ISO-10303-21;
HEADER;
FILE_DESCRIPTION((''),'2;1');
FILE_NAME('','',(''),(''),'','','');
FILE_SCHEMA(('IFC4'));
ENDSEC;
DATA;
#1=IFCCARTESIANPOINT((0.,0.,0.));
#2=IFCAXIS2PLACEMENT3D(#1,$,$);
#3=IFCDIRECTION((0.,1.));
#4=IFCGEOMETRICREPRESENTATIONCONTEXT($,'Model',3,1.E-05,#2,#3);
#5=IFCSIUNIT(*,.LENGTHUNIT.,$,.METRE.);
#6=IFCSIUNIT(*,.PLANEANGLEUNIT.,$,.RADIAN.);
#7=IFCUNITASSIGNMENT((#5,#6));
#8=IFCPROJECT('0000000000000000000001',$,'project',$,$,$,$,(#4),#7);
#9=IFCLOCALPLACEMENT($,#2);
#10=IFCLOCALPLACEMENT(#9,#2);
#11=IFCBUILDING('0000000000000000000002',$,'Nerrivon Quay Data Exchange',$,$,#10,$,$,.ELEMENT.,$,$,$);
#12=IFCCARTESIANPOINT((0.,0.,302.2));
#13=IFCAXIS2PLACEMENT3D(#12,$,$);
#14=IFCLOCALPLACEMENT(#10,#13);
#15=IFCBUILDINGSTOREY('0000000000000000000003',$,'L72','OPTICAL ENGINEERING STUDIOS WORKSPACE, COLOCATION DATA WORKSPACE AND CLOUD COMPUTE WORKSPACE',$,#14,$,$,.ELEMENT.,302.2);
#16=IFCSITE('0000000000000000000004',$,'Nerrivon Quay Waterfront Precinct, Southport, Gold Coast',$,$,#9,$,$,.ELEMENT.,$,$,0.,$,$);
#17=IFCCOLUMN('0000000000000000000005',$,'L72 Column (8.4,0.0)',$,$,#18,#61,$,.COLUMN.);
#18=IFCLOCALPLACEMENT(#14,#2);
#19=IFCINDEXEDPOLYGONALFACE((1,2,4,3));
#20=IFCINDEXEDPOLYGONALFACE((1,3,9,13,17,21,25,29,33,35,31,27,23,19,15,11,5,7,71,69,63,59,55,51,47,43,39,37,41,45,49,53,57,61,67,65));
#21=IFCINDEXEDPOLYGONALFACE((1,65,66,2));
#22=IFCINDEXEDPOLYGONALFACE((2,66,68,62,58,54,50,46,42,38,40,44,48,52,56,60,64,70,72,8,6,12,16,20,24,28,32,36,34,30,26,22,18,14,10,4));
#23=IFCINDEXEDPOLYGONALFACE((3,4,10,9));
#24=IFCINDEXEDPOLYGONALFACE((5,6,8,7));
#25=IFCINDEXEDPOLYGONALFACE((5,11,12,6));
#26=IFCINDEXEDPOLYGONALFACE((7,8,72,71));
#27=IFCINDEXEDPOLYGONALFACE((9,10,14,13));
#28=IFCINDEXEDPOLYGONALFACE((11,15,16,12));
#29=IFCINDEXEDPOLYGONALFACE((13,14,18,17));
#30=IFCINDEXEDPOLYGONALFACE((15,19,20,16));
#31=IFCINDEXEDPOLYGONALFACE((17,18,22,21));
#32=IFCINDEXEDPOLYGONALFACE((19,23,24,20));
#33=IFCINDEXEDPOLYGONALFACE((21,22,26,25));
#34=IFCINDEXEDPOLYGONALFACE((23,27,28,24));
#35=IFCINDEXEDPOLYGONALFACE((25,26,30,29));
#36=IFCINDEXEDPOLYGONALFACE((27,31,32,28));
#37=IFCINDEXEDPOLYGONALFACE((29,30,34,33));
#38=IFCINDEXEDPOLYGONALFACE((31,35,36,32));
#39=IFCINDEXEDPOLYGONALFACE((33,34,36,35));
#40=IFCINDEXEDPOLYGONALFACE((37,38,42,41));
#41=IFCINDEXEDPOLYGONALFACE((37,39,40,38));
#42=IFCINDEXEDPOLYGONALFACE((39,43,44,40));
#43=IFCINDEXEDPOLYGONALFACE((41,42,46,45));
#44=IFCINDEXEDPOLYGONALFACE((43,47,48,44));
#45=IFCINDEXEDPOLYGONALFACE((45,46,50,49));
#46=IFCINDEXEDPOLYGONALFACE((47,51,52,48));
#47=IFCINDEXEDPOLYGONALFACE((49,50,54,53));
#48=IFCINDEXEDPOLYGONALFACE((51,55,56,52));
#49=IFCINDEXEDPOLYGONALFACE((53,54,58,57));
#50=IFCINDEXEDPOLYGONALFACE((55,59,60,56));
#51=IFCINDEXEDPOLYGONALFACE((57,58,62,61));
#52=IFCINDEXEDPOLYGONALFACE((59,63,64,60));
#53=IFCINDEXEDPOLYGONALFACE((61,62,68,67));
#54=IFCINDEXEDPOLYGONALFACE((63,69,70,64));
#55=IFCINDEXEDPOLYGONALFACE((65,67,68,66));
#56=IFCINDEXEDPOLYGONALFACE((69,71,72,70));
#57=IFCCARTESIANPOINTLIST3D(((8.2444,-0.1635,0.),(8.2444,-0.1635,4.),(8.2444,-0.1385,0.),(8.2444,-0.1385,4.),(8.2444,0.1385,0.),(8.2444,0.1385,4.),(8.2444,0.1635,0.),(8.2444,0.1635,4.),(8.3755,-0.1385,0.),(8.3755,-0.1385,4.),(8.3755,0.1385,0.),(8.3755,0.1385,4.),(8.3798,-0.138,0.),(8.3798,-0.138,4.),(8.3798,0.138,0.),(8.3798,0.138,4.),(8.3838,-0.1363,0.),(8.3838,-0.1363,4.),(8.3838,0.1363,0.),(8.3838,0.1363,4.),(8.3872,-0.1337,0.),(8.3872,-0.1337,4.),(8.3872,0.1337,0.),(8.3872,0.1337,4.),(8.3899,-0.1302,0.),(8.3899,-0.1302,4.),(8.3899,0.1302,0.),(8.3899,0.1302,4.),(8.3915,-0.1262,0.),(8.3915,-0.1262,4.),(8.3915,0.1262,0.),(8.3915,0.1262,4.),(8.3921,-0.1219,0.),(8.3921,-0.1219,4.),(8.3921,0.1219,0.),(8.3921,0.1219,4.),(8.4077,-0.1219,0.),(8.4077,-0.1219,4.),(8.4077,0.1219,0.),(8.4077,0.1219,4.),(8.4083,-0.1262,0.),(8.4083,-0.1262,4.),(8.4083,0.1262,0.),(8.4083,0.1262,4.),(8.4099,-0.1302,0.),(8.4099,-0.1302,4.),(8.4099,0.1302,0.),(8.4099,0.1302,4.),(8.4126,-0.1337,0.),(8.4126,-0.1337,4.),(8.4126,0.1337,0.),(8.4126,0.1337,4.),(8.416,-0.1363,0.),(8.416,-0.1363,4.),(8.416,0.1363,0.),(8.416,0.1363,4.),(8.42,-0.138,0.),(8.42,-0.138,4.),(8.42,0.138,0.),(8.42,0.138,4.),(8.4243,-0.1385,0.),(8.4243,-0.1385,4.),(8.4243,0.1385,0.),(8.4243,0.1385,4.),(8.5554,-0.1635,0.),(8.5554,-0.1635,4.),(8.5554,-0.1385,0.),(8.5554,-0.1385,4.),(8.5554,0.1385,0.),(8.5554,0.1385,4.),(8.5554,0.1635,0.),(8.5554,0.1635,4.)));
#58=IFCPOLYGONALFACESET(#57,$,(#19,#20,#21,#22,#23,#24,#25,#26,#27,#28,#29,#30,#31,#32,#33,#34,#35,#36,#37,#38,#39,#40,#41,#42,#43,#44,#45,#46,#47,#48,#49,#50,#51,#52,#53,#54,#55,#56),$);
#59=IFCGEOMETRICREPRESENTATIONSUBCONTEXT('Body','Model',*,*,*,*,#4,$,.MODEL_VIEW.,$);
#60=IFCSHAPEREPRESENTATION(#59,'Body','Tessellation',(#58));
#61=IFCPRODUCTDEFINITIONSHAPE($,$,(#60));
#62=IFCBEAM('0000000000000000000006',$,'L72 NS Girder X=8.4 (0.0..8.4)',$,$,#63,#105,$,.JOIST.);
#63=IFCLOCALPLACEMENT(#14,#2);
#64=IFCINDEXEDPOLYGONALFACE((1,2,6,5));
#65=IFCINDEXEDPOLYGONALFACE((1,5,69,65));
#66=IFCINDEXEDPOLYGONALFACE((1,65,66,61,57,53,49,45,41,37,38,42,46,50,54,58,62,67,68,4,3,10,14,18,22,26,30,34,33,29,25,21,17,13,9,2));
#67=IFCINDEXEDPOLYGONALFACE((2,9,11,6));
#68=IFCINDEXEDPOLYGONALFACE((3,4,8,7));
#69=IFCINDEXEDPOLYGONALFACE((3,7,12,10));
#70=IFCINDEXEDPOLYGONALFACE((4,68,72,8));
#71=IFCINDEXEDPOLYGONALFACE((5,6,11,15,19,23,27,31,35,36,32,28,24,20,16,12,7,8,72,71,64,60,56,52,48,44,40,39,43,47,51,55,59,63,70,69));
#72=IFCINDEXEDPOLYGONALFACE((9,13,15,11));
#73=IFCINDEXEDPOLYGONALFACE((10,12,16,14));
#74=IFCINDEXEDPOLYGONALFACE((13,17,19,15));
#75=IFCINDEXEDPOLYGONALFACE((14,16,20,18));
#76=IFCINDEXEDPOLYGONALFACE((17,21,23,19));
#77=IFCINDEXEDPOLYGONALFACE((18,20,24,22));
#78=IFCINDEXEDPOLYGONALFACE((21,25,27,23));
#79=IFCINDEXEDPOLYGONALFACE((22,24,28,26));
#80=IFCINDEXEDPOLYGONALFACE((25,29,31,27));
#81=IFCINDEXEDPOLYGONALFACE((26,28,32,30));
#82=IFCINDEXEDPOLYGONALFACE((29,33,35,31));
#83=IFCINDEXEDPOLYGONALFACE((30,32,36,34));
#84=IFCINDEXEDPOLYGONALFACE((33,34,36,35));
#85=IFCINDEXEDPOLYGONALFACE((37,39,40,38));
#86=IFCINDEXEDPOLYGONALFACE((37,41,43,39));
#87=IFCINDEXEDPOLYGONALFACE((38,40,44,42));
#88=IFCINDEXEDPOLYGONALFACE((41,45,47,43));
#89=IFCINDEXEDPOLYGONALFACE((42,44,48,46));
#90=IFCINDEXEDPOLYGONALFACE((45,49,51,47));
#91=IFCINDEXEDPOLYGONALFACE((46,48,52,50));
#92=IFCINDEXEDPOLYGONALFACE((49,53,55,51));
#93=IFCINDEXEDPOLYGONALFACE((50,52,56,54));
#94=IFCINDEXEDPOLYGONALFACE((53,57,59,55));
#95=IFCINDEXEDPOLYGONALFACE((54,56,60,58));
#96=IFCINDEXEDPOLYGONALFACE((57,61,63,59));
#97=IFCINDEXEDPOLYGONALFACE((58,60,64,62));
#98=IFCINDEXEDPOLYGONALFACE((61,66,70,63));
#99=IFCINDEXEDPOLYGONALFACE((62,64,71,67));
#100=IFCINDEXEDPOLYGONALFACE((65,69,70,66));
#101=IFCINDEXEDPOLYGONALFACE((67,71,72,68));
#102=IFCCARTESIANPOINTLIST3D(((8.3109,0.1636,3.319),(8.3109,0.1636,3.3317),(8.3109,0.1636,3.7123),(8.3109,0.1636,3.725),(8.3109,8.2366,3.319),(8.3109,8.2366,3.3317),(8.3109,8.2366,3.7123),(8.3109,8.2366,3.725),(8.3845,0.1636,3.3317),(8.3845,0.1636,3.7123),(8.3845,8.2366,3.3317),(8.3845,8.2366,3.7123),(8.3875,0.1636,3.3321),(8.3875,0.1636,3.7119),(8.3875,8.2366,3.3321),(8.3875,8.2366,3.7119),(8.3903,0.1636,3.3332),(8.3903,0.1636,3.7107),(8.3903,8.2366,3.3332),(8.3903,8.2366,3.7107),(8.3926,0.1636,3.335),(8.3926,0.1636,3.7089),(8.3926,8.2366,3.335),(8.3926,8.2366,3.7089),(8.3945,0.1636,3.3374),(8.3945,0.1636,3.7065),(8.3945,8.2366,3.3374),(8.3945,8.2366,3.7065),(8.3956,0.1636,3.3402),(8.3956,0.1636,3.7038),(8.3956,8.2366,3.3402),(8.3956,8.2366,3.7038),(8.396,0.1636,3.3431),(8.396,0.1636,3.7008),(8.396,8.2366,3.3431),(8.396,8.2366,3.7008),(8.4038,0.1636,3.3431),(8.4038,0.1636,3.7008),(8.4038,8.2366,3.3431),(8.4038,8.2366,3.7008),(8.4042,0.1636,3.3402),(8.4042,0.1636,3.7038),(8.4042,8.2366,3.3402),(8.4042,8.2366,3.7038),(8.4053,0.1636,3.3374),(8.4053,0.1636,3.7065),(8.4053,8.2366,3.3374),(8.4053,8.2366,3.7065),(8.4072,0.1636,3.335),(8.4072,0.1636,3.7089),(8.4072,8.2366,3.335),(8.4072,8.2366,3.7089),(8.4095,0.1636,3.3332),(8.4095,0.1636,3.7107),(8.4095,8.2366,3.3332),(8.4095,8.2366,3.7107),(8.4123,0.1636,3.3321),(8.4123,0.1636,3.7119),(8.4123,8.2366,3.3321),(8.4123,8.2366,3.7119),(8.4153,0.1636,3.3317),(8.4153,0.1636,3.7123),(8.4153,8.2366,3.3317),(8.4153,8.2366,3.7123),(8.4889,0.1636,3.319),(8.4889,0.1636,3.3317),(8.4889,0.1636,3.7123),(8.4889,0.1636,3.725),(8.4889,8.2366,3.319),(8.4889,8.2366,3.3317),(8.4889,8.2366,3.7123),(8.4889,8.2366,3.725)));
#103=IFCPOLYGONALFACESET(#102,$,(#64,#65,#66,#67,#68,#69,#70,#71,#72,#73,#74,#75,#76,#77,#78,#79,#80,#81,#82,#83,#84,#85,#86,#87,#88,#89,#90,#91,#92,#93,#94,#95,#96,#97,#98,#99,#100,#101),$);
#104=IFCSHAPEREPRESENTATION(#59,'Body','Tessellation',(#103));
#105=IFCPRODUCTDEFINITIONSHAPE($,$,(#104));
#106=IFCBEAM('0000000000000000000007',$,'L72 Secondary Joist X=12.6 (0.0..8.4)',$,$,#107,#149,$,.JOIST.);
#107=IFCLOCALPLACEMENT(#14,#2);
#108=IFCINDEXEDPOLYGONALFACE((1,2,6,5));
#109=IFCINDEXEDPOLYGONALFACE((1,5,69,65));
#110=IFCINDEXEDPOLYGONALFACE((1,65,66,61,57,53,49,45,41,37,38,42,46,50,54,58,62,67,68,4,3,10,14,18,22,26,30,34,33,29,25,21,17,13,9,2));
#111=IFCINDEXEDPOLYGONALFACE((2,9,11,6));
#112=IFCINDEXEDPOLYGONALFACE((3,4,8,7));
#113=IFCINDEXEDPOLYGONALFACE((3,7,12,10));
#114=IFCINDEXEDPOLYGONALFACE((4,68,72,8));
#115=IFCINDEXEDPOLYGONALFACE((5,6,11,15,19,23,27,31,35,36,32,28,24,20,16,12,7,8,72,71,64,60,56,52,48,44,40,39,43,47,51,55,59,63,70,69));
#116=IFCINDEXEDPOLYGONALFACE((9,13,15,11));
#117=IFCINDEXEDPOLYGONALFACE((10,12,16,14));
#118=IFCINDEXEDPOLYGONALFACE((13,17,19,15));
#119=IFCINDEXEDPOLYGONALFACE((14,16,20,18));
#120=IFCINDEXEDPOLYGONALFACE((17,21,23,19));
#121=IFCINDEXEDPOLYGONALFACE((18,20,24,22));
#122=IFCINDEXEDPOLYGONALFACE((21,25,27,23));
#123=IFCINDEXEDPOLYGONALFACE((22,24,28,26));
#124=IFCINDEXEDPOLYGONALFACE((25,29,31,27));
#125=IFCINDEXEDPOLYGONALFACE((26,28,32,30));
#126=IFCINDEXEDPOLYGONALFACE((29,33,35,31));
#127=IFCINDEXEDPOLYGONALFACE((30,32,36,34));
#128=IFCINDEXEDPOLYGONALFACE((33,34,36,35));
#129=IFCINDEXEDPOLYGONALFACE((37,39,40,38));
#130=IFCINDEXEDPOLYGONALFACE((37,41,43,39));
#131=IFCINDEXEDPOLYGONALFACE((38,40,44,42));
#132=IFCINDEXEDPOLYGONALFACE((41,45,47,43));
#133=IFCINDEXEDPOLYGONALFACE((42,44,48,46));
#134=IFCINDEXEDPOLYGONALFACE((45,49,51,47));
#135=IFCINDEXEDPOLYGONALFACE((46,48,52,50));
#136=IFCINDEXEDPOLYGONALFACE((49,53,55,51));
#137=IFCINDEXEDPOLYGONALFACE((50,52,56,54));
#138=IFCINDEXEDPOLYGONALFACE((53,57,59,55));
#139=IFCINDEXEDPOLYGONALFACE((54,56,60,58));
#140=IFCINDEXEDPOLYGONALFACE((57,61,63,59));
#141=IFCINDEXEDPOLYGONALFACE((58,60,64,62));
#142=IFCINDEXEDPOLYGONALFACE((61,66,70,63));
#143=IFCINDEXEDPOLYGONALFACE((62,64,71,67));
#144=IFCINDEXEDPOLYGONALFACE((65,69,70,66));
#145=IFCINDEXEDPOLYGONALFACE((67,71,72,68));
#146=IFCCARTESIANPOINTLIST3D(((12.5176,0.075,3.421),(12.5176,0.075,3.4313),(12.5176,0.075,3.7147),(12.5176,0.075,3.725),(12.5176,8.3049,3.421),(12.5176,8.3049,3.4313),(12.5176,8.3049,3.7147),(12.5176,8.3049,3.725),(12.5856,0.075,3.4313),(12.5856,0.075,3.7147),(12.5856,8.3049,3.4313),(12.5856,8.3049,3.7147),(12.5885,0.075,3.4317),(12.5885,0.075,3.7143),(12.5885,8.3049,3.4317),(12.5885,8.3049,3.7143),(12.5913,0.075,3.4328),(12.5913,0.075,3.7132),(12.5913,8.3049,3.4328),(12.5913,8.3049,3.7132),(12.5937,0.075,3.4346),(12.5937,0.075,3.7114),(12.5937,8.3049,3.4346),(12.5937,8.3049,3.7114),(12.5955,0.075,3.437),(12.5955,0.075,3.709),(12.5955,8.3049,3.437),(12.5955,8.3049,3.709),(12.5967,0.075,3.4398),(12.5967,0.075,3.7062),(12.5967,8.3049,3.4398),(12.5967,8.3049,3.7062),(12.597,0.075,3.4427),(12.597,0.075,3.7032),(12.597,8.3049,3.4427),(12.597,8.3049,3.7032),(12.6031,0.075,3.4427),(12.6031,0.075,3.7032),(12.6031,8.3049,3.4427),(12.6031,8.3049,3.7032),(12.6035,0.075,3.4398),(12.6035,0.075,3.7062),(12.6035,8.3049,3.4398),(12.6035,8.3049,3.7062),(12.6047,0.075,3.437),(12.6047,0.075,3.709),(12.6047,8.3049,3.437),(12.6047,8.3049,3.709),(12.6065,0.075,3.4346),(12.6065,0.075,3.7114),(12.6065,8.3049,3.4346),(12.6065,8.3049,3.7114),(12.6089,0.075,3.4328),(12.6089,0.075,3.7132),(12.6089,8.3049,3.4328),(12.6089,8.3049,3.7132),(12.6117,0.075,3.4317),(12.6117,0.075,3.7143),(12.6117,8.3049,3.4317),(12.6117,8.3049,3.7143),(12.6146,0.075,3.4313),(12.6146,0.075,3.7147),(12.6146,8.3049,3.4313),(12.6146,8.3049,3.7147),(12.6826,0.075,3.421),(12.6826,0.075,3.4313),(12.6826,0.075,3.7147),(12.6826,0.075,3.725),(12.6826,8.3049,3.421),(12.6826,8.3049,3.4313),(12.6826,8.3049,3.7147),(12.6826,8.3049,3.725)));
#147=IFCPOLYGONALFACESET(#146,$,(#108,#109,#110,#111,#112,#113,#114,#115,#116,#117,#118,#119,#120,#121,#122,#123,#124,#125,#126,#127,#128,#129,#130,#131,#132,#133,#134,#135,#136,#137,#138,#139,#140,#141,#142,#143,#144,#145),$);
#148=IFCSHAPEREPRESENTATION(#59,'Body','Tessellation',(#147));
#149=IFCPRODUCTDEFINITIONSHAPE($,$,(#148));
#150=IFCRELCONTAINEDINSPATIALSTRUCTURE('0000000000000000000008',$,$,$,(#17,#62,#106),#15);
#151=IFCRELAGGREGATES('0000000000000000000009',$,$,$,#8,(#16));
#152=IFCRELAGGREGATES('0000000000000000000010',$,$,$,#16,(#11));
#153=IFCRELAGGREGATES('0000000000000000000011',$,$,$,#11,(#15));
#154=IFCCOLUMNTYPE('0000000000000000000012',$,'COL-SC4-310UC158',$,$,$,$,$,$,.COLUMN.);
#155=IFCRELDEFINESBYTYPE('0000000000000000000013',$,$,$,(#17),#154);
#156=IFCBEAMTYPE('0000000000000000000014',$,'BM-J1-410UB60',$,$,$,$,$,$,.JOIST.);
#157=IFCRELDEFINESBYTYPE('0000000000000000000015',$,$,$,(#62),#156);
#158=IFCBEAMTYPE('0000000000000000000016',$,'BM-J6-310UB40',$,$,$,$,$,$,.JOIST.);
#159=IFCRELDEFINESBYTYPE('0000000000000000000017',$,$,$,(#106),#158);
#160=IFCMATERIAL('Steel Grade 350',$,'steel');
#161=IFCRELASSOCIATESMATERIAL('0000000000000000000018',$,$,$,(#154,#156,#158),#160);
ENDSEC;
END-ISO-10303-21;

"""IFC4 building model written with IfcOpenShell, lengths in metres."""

from ifc_helpers import new_model, si_unit, direction, frame, origin, origin_2d, place, context, subcontext, project, spatial, i_section, extrude, material, material_profile, profile_set, type_object, element, save


model = new_model("IFC4")

# Units and contexts
model_context = context("Model", 3, precision=1e-05, world=origin(), true_north=direction((0.0, 1.0)))
body_context = subcontext(model_context, "Body", "Model", "MODEL_VIEW")
ifc_project = project(units=[si_unit("LENGTHUNIT", "METRE"), si_unit("PLANEANGLEUNIT", "RADIAN")], contexts=[model_context])

# Site, building, storey
site_placement = place(None, origin())
site = spatial("IfcSite", under=ifc_project, at=site_placement, Name="Nerrivon Quay Waterfront Precinct, Southport, Gold Coast", CompositionType="ELEMENT", RefElevation=0.0)
building_placement = place(site_placement, origin())
building = spatial("IfcBuilding", under=site, at=building_placement, Name="Nerrivon Quay Data Exchange", CompositionType="ELEMENT")
storey_placement = place(building_placement, frame((0.0, 0.0, 302.2)))
storey = spatial("IfcBuildingStorey", under=building, at=storey_placement, Name="L72", Description="OPTICAL ENGINEERING STUDIOS WORKSPACE, COLOCATION DATA WORKSPACE AND CLOUD COMPUTE WORKSPACE", CompositionType="ELEMENT", Elevation=302.2)

# Column
ifc_material_1 = material(Name="Steel Grade 350", Category="steel")
ifc_material_profile_1 = material_profile(ifc_material_1, i_section(OverallWidth=0.311, OverallDepth=0.3269, WebThickness=0.0156, FlangeThickness=0.0249, FilletRadius=0.0166, at=origin_2d()), Name="310UC158")
ifc_profile_set_1 = profile_set([ifc_material_profile_1], Name="Steel Grade 350")
column_type = type_object("IfcColumnType", Name="COL-SC4-310UC158", PredefinedType="COLUMN", material=ifc_profile_set_1)
column_placement = place(storey_placement, frame((8.3999, 0.0, 0.0), z_axis=(0.0, 0.0, 1.0), x_axis=(1.0, 0.0, 0.0)))
element("IfcColumn", 1, at=column_placement, inside=storey, type_object=column_type, Name="L72 Column (8.4,0.0)", PredefinedType="COLUMN", context=body_context, shape_type="SweptSolid", body=[
    extrude(i_section(OverallWidth=0.311, OverallDepth=0.3269, WebThickness=0.0156, FlangeThickness=0.0249, FilletRadius=0.0166, at=origin_2d()), origin(), (0.0, 0.0, 1.0), 4.0),
])

# Beams
ifc_material_profile_2 = material_profile(ifc_material_1, i_section(OverallWidth=0.178, OverallDepth=0.406, WebThickness=0.0078, FlangeThickness=0.0127, FilletRadius=0.0115, at=origin_2d()), Name="410UB59.7")
ifc_profile_set_2 = profile_set([ifc_material_profile_2], Name="Steel Grade 350")
beam_type_1 = type_object("IfcBeamType", Name="BM-J1-410UB60", PredefinedType="JOIST", material=ifc_profile_set_2)
beam_1_placement = place(storey_placement, frame((8.3999, 0.1636, 3.522), z_axis=(0.0, 1.0, 0.0), x_axis=(-1.0, 0.0, 0.0)))
element("IfcBeam", 2, at=beam_1_placement, inside=storey, type_object=beam_type_1, Name="L72 NS Girder X=8.4 (0.0..8.4)", PredefinedType="JOIST", context=body_context, shape_type="SweptSolid", body=[
    extrude(i_section(OverallWidth=0.178, OverallDepth=0.406, WebThickness=0.0078, FlangeThickness=0.0127, FilletRadius=0.0115, at=origin_2d()), origin(), (0.0, 0.0, 1.0), 8.073),
])
ifc_material_profile_3 = material_profile(ifc_material_1, i_section(OverallWidth=0.165, OverallDepth=0.304, WebThickness=0.0061, FlangeThickness=0.0103, FilletRadius=0.0115, at=origin_2d()), Name="310UB40.4")
ifc_profile_set_3 = profile_set([ifc_material_profile_3], Name="Steel Grade 350")
beam_type_2 = type_object("IfcBeamType", Name="BM-J6-310UB40", PredefinedType="JOIST", material=ifc_profile_set_3)
beam_2_placement = place(storey_placement, frame((12.6001, 0.075, 3.573), z_axis=(0.0, 1.0, 0.0), x_axis=(-1.0, 0.0, 0.0)))
element("IfcBeam", 3, at=beam_2_placement, inside=storey, type_object=beam_type_2, Name="L72 Secondary Joist X=12.6 (0.0..8.4)", PredefinedType="JOIST", context=body_context, shape_type="SweptSolid", body=[
    extrude(i_section(OverallWidth=0.165, OverallDepth=0.304, WebThickness=0.0061, FlangeThickness=0.0103, FilletRadius=0.0115, at=origin_2d()), origin(), (0.0, 0.0, 1.0), 8.23),
])

save(model, "model.ifc")
